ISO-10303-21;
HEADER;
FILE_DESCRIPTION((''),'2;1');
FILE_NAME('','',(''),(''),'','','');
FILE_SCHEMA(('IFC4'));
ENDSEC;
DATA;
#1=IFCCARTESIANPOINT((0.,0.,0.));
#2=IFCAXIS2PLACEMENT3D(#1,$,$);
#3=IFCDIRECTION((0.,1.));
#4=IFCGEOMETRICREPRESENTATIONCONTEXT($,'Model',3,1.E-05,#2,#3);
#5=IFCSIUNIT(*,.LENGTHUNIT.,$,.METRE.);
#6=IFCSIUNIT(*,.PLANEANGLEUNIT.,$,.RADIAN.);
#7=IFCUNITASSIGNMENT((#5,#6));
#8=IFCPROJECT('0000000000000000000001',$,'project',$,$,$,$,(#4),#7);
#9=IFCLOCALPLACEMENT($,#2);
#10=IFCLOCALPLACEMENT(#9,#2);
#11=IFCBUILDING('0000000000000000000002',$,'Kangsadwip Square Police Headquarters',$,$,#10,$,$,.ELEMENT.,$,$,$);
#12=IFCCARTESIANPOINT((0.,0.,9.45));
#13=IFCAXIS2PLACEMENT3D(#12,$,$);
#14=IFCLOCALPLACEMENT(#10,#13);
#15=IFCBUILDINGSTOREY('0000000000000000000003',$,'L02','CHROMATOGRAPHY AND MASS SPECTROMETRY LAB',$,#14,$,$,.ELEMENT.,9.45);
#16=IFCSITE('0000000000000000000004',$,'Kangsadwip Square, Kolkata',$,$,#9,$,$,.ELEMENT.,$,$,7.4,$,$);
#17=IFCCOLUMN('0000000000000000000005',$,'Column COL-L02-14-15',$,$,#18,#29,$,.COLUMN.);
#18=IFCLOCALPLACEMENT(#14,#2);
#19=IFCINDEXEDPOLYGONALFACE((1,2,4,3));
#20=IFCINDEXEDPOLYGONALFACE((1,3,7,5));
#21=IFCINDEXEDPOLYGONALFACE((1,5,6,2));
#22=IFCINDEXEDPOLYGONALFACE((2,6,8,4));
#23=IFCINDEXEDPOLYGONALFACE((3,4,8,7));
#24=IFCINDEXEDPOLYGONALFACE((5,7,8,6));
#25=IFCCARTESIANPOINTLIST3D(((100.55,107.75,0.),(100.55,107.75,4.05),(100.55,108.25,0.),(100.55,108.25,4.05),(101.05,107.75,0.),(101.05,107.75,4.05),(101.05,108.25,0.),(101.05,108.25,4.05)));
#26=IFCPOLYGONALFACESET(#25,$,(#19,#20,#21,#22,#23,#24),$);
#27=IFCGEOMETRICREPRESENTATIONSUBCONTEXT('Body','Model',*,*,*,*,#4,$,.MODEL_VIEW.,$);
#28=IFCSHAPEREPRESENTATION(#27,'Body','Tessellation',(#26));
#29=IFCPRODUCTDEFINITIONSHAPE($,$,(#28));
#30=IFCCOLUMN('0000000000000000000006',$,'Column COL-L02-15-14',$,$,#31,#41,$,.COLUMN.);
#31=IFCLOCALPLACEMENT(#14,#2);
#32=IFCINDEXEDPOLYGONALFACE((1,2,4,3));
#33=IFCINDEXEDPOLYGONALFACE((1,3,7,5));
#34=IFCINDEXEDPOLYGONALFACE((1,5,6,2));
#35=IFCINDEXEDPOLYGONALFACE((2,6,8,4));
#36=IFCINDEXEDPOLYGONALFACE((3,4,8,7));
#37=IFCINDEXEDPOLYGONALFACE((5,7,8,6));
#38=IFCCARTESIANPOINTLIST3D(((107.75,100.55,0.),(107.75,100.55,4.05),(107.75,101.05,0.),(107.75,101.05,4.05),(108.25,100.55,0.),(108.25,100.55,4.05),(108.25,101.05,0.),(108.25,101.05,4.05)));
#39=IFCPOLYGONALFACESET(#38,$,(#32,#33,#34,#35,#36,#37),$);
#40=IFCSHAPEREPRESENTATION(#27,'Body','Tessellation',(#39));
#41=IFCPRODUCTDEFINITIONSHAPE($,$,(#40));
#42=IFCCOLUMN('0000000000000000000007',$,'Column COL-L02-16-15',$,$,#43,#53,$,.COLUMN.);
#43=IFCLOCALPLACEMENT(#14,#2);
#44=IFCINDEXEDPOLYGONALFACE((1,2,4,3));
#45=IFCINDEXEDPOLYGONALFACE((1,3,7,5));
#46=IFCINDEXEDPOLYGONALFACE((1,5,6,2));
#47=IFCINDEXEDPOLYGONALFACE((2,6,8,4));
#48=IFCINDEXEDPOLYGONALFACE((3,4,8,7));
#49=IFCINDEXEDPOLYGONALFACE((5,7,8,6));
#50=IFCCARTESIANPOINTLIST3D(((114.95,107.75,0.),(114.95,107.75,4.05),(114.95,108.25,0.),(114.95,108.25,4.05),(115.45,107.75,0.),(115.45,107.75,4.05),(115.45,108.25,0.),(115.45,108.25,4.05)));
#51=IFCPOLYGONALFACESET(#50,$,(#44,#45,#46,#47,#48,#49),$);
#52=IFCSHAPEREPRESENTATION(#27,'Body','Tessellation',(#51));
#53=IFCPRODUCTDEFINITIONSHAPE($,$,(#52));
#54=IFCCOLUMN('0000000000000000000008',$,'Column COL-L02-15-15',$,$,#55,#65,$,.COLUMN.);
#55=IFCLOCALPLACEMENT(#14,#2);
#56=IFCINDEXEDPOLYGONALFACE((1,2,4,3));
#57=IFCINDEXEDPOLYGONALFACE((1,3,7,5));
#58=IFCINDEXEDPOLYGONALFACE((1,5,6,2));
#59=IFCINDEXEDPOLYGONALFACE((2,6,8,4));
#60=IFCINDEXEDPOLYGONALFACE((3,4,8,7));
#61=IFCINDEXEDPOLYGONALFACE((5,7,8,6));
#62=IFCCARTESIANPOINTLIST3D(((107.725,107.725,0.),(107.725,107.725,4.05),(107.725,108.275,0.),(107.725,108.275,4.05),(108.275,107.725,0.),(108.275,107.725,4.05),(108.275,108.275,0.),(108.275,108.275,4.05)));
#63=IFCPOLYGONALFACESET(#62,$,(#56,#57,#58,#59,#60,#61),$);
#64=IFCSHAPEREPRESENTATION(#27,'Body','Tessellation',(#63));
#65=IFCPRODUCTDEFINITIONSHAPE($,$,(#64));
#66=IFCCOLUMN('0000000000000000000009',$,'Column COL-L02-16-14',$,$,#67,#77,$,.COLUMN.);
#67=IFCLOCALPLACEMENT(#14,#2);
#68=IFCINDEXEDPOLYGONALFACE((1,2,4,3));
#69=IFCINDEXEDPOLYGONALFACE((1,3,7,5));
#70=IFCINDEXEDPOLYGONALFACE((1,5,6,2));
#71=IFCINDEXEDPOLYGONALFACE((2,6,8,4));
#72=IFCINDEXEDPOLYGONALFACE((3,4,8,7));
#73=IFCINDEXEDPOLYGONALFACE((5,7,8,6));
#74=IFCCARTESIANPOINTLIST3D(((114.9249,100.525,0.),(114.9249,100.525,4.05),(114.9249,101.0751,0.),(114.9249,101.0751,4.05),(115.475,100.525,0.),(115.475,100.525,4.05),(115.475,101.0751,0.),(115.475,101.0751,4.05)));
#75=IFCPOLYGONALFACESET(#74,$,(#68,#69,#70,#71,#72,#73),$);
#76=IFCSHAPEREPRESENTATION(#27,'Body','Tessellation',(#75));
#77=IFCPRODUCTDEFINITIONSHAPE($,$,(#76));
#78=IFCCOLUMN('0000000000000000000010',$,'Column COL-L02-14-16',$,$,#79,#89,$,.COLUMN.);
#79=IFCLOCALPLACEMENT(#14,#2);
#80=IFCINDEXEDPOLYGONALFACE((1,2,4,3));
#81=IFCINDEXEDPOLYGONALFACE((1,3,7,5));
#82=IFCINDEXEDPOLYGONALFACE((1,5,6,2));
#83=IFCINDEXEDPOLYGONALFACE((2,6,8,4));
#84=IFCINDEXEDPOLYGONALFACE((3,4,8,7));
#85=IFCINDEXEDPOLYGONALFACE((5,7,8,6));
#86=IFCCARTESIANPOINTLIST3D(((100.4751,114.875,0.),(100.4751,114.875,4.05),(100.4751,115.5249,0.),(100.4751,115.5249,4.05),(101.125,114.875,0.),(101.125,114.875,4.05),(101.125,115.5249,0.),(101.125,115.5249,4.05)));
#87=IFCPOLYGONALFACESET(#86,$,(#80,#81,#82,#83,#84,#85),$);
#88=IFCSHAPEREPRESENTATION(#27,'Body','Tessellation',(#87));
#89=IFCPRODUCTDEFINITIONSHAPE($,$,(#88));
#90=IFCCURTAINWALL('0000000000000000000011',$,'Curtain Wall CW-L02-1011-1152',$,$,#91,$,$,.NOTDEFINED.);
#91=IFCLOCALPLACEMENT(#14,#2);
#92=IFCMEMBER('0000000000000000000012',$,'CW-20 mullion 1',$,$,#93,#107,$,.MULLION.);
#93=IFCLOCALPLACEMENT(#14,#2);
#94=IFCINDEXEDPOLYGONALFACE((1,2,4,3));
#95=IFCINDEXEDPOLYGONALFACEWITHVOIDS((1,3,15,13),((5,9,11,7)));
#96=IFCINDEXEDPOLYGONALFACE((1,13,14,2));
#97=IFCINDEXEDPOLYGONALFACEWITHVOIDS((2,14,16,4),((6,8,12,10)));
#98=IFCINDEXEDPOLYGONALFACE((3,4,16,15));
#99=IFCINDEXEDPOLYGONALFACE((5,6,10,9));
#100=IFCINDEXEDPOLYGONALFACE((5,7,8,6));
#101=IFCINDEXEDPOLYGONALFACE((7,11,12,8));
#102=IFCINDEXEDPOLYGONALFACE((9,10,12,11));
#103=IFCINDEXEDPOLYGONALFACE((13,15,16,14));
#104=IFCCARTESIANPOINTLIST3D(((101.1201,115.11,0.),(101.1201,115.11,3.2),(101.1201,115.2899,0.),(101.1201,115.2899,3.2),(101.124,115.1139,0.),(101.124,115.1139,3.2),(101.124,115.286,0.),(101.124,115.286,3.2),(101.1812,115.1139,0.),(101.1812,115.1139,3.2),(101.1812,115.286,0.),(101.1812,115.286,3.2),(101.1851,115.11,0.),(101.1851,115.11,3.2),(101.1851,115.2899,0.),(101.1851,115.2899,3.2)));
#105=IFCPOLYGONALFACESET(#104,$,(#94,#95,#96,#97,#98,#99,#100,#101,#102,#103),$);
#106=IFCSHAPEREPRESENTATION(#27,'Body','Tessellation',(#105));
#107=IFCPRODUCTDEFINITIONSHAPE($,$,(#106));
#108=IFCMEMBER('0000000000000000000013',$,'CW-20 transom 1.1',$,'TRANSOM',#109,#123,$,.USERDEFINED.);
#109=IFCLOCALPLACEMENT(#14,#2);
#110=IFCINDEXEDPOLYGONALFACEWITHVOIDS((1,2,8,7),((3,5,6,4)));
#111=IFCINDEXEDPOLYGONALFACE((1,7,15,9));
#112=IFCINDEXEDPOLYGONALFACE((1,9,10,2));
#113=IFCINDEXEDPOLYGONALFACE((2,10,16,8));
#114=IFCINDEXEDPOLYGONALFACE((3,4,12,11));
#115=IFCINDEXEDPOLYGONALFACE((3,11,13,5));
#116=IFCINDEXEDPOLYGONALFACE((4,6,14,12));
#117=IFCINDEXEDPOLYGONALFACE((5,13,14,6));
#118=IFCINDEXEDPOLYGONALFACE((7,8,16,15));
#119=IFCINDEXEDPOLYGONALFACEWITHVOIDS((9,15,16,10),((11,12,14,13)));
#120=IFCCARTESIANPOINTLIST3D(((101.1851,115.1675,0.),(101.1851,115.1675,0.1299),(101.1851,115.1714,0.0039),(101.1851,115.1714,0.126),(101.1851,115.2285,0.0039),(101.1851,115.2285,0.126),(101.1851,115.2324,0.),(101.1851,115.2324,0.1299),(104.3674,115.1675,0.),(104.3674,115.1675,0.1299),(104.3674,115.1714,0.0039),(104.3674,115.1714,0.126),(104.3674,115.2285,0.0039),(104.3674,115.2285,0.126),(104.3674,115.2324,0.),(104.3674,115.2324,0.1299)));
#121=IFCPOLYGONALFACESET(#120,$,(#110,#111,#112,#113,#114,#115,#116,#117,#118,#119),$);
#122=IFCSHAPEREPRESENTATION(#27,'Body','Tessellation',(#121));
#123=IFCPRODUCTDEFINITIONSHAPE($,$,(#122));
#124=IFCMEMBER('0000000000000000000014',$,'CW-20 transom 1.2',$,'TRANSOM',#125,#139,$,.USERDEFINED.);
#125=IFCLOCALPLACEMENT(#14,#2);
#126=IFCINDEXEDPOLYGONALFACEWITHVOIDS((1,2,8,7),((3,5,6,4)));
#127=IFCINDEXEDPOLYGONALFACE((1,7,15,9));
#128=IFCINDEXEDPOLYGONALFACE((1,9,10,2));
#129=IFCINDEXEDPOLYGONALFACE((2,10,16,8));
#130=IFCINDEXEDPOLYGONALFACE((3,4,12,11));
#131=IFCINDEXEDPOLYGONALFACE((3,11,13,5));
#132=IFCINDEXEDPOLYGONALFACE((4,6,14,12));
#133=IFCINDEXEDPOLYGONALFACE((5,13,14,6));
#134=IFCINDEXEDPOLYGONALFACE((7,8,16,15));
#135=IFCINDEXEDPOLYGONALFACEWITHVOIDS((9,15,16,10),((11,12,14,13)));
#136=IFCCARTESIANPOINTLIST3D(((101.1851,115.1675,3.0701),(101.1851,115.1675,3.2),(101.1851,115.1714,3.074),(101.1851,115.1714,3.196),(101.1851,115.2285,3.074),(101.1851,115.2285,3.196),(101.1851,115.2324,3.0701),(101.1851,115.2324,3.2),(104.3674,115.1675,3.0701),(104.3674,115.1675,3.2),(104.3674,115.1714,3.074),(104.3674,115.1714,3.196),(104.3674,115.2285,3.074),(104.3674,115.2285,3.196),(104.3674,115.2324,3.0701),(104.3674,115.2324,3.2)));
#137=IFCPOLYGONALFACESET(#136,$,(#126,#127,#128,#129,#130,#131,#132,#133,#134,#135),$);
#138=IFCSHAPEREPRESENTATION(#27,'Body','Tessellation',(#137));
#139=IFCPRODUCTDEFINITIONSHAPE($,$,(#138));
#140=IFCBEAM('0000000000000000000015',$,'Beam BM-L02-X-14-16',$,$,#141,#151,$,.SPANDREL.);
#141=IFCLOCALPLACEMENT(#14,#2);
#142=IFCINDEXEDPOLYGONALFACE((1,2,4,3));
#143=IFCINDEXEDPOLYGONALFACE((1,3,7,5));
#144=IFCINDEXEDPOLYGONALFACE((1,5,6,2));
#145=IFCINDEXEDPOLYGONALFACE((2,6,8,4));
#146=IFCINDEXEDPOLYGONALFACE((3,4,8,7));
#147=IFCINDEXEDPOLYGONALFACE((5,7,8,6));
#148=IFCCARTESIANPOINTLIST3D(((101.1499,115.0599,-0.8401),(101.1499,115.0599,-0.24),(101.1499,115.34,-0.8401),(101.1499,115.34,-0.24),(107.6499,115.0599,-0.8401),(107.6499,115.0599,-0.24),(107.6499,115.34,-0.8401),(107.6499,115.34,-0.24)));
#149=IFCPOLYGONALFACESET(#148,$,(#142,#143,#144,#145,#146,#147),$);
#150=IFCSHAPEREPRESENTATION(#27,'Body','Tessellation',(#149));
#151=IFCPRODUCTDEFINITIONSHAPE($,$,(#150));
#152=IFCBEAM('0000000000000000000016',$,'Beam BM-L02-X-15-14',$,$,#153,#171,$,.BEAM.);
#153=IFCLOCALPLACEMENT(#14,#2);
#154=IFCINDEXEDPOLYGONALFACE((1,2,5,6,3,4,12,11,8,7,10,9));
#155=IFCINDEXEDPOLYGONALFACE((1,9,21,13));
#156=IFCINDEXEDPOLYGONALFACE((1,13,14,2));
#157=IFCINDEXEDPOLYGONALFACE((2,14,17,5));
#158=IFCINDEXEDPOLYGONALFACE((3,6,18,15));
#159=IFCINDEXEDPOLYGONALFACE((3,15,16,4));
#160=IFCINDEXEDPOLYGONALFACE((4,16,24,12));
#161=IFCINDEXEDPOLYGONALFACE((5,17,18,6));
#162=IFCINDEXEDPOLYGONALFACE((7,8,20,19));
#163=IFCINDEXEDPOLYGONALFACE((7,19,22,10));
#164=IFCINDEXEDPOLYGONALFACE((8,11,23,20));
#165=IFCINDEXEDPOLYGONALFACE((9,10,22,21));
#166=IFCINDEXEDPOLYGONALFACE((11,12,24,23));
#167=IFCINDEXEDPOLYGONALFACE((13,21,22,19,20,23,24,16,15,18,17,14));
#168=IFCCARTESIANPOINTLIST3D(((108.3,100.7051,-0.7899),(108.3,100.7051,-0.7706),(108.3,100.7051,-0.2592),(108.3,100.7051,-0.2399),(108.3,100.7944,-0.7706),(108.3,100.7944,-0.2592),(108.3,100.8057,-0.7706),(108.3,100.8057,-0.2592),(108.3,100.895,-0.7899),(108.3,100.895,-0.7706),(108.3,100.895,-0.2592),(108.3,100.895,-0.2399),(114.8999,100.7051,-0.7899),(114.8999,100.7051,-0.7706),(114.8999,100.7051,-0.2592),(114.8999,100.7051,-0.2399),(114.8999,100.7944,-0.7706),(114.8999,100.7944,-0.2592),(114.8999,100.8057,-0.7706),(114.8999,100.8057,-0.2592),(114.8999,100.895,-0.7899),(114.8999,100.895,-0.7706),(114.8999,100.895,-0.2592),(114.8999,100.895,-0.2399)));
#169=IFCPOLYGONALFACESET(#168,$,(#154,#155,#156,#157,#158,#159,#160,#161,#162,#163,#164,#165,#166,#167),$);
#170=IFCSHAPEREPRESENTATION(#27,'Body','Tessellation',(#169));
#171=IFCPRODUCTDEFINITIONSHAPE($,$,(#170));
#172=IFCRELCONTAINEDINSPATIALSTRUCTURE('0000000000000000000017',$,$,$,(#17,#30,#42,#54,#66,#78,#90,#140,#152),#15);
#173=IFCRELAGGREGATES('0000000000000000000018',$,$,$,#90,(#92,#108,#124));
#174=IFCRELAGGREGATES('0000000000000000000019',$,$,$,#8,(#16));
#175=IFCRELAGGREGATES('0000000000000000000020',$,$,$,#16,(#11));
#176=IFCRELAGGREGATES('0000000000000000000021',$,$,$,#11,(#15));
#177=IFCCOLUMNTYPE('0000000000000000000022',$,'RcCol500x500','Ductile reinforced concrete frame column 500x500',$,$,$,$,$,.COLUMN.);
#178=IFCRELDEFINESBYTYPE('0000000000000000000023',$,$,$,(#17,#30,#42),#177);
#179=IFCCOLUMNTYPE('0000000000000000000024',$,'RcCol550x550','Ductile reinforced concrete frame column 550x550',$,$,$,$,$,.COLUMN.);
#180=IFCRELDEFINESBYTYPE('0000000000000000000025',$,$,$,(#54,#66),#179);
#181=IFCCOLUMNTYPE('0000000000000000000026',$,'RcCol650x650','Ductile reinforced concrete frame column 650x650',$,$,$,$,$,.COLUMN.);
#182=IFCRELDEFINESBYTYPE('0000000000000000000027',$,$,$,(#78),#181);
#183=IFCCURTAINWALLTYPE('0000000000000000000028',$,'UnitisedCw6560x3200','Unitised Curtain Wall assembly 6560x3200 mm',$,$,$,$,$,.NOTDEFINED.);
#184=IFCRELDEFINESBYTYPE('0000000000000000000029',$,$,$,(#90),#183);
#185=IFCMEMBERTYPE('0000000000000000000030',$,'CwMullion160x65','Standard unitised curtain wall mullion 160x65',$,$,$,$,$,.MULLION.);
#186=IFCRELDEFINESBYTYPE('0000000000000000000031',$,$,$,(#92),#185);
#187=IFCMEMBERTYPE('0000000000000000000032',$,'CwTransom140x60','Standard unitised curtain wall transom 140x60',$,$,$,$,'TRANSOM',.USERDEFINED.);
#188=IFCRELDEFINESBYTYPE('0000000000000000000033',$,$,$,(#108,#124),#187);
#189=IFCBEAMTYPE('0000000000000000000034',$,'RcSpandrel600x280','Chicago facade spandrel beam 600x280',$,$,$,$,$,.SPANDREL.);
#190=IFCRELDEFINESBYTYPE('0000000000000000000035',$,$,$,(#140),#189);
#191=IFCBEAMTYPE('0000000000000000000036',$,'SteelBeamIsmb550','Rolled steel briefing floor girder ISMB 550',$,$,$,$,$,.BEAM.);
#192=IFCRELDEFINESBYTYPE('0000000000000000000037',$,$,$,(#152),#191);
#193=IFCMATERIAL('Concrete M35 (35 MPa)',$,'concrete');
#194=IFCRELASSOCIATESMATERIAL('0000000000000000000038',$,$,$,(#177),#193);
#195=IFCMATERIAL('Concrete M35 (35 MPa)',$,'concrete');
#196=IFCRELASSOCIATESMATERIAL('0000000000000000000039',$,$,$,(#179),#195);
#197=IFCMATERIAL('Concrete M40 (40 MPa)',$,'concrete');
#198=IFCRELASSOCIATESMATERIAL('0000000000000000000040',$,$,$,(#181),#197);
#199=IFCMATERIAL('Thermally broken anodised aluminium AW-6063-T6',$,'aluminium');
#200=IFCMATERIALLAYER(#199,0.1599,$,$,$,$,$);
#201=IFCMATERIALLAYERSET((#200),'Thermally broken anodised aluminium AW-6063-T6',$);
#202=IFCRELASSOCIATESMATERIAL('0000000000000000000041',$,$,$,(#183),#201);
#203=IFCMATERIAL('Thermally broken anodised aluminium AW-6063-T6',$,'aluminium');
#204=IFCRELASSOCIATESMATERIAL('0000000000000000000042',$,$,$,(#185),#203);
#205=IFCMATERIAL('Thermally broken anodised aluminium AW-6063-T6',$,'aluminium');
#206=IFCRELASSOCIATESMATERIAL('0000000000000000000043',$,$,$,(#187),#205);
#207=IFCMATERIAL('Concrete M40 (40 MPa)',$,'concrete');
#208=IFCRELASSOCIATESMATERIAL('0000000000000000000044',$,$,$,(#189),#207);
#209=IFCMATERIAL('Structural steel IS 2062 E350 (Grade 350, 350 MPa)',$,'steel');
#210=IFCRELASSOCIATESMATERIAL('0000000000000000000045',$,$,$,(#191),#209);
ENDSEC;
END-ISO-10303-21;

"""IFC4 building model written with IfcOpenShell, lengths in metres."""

from ifc_helpers import new_model, si_unit, direction, frame, origin, origin_2d, place, context, subcontext, project, spatial, rectangle, hollow_rectangle, i_section, extrude, material, layer, layer_set, material_profile, profile_set, type_object, element, aggregate, save


model = new_model("IFC4")

# Units and contexts
model_context = context("Model", 3, precision=1e-05, world=origin(), true_north=direction((0.0, 1.0)))
body_context = subcontext(model_context, "Body", "Model", "MODEL_VIEW")
ifc_project = project(units=[si_unit("LENGTHUNIT", "METRE"), si_unit("PLANEANGLEUNIT", "RADIAN")], contexts=[model_context])

# Site, building, storey
site_placement = place(None, origin())
site = spatial("IfcSite", under=ifc_project, at=site_placement, Name="Kangsadwip Square, Kolkata", CompositionType="ELEMENT", RefElevation=7.4)
building_placement = place(site_placement, origin())
building = spatial("IfcBuilding", under=site, at=building_placement, Name="Kangsadwip Square Police Headquarters", CompositionType="ELEMENT")
storey_placement = place(building_placement, frame((0.0, 0.0, 9.45)))
storey = spatial("IfcBuildingStorey", under=building, at=storey_placement, Name="L02", Description="CHROMATOGRAPHY AND MASS SPECTROMETRY LAB", CompositionType="ELEMENT", Elevation=9.45)

# Columns
ifc_material_1 = material(Name="Concrete M35 (35 MPa)", Category="concrete")
ifc_material_profile_1 = material_profile(ifc_material_1, rectangle(XDim=0.5, YDim=0.5, at=origin_2d()), Name="RC COL 500X500")
ifc_profile_set_1 = profile_set([ifc_material_profile_1], Name="Concrete M35 (35 MPa)")
column_type_1 = type_object("IfcColumnType", Name="RcCol500x500", Description="Ductile reinforced concrete frame column 500x500", PredefinedType="COLUMN", material=ifc_profile_set_1)
for number, where, z_axis, x_axis, name in (
    (1, (100.8, 108.0, 0.0), (0.0, 0.0, 1.0), (1.0, 0.0, 0.0), "Column COL-L02-14-15"),
    (2, (108.0, 100.8, 0.0), (0.0, 0.0, 1.0), (1.0, 0.0, 0.0), "Column COL-L02-15-14"),
    (3, (115.2, 108.0, 0.0), (0.0, 0.0, 1.0), (1.0, 0.0, 0.0), "Column COL-L02-16-15"),
):
    element("IfcColumn", number, at=place(storey_placement, frame(where, z_axis=z_axis, x_axis=x_axis)), inside=storey, type_object=column_type_1, Name=name, PredefinedType="COLUMN", context=body_context, shape_type="SweptSolid", body=[
        extrude(rectangle(XDim=0.5, YDim=0.5, at=origin_2d()), origin(), (0.0, 0.0, 1.0), 4.05),
    ])
ifc_material_2 = material(Name="Concrete M35 (35 MPa)", Category="concrete")
ifc_material_profile_2 = material_profile(ifc_material_2, rectangle(XDim=0.55, YDim=0.55, at=origin_2d()), Name="RC COL 550X550")
ifc_profile_set_2 = profile_set([ifc_material_profile_2], Name="Concrete M35 (35 MPa)")
column_type_2 = type_object("IfcColumnType", Name="RcCol550x550", Description="Ductile reinforced concrete frame column 550x550", PredefinedType="COLUMN", material=ifc_profile_set_2)
for number, where, z_axis, x_axis, name in (
    (4, (108.0, 108.0, 0.0), (0.0, 0.0, 1.0), (1.0, 0.0, 0.0), "Column COL-L02-15-15"),
    (5, (115.2, 100.8, 0.0), (0.0, 0.0, 1.0), (1.0, 0.0, 0.0), "Column COL-L02-16-14"),
):
    element("IfcColumn", number, at=place(storey_placement, frame(where, z_axis=z_axis, x_axis=x_axis)), inside=storey, type_object=column_type_2, Name=name, PredefinedType="COLUMN", context=body_context, shape_type="SweptSolid", body=[
        extrude(rectangle(XDim=0.55, YDim=0.55, at=origin_2d()), origin(), (0.0, 0.0, 1.0), 4.05),
    ])
ifc_material_3 = material(Name="Concrete M40 (40 MPa)", Category="concrete")
ifc_material_profile_3 = material_profile(ifc_material_3, rectangle(XDim=0.6499, YDim=0.6499, at=origin_2d()), Name="RC COL 650X650")
ifc_profile_set_3 = profile_set([ifc_material_profile_3], Name="Concrete M40 (40 MPa)")
column_type_3 = type_object("IfcColumnType", Name="RcCol650x650", Description="Ductile reinforced concrete frame column 650x650", PredefinedType="COLUMN", material=ifc_profile_set_3)
column_placement = place(storey_placement, frame((100.8, 115.2, 0.0), z_axis=(0.0, 0.0, 1.0), x_axis=(1.0, 0.0, 0.0)))
element("IfcColumn", 6, at=column_placement, inside=storey, type_object=column_type_3, Name="Column COL-L02-14-16", PredefinedType="COLUMN", context=body_context, shape_type="SweptSolid", body=[
    extrude(rectangle(XDim=0.6499, YDim=0.6499, at=origin_2d()), origin(), (0.0, 0.0, 1.0), 4.05),
])

# Curtain wall, members
ifc_material_4 = material(Name="Thermally broken anodised aluminium AW-6063-T6", Category="aluminium")
ifc_layer_1 = layer(ifc_material_4, 0.1599)
ifc_layer_set_1 = layer_set([ifc_layer_1], Name="Thermally broken anodised aluminium AW-6063-T6")
curtain_wall_type = type_object("IfcCurtainWallType", Name="UnitisedCw6560x3200", Description="Unitised Curtain Wall assembly 6560x3200 mm", PredefinedType="NOTDEFINED", material=ifc_layer_set_1)
curtain_wall_placement = place(storey_placement, origin())
curtain_wall = element("IfcCurtainWall", 7, at=curtain_wall_placement, inside=storey, type_object=curtain_wall_type, Name="Curtain Wall CW-L02-1011-1152", PredefinedType="NOTDEFINED")
ifc_material_5 = material(Name="Thermally broken anodised aluminium AW-6063-T6", Category="aluminium")
ifc_material_profile_4 = material_profile(ifc_material_5, hollow_rectangle(XDim=0.0649, YDim=0.1799, WallThickness=0.0039, at=origin_2d()), Name="CWM 180X65X4")
ifc_profile_set_4 = profile_set([ifc_material_profile_4], Name="Thermally broken anodised aluminium AW-6063-T6")
member_type_1 = type_object("IfcMemberType", Name="CwMullion160x65", Description="Standard unitised curtain wall mullion 160x65", PredefinedType="MULLION", material=ifc_profile_set_4)
member_1_placement = place(storey_placement, frame((101.1526, 115.2, 0.0), z_axis=(0.0, 0.0, 1.0), x_axis=(1.0, 0.0, 0.0)))
member_1 = element("IfcMember", 8, at=member_1_placement, type_object=member_type_1, Name="CW-20 mullion 1", PredefinedType="MULLION", context=body_context, shape_type="SweptSolid", body=[
    extrude(hollow_rectangle(XDim=0.0649, YDim=0.1799, WallThickness=0.0039, at=origin_2d()), origin(), (0.0, 0.0, 1.0), 3.2),
])
ifc_material_6 = material(Name="Thermally broken anodised aluminium AW-6063-T6", Category="aluminium")
ifc_material_profile_5 = material_profile(ifc_material_6, hollow_rectangle(XDim=0.0649, YDim=0.1299, WallThickness=0.0039, at=origin_2d()), Name="CWT 130X65X4")
ifc_profile_set_5 = profile_set([ifc_material_profile_5], Name="Thermally broken anodised aluminium AW-6063-T6")
member_type_2 = type_object("IfcMemberType", Name="CwTransom140x60", Description="Standard unitised curtain wall transom 140x60", ElementType="TRANSOM", PredefinedType="USERDEFINED", material=ifc_profile_set_5)
member_2_placement = place(storey_placement, frame((101.1851, 115.2, 0.0649), z_axis=(1.0, 0.0, 0.0), x_axis=(0.0, 1.0, 0.0)))
member_2 = element("IfcMember", 9, at=member_2_placement, type_object=member_type_2, Name="CW-20 transom 1.1", ObjectType="TRANSOM", PredefinedType="USERDEFINED", context=body_context, shape_type="SweptSolid", body=[
    extrude(hollow_rectangle(XDim=0.0649, YDim=0.1299, WallThickness=0.0039, at=origin_2d()), origin(), (0.0, 0.0, 1.0), 3.1824),
])
member_3_placement = place(storey_placement, frame((101.1851, 115.2, 3.135), z_axis=(1.0, 0.0, 0.0), x_axis=(0.0, 1.0, 0.0)))
member_3 = element("IfcMember", 10, at=member_3_placement, type_object=member_type_2, Name="CW-20 transom 1.2", ObjectType="TRANSOM", PredefinedType="USERDEFINED", context=body_context, shape_type="SweptSolid", body=[
    extrude(hollow_rectangle(XDim=0.0649, YDim=0.1299, WallThickness=0.0039, at=origin_2d()), origin(), (0.0, 0.0, 1.0), 3.1824),
])

# Beams
ifc_material_7 = material(Name="Concrete M40 (40 MPa)", Category="concrete")
ifc_material_profile_6 = material_profile(ifc_material_7, rectangle(XDim=0.28, YDim=0.6001, at=origin_2d()), Name="RC SPN 600X280")
ifc_profile_set_6 = profile_set([ifc_material_profile_6], Name="Concrete M40 (40 MPa)")
beam_type_1 = type_object("IfcBeamType", Name="RcSpandrel600x280", Description="Chicago facade spandrel beam 600x280", PredefinedType="SPANDREL", material=ifc_profile_set_6)
beam_1_placement = place(storey_placement, frame((101.1499, 115.2, -0.54), z_axis=(1.0, 0.0, 0.0), x_axis=(0.0, 1.0, 0.0)))
element("IfcBeam", 11, at=beam_1_placement, inside=storey, type_object=beam_type_1, Name="Beam BM-L02-X-14-16", PredefinedType="SPANDREL", context=body_context, shape_type="SweptSolid", body=[
    extrude(rectangle(XDim=0.28, YDim=0.6001, at=origin_2d()), origin(), (0.0, 0.0, 1.0), 6.5),
])
ifc_material_8 = material(Name="Structural steel IS 2062 E350 (Grade 350, 350 MPa)", Category="steel")
ifc_material_profile_7 = material_profile(ifc_material_8, i_section(OverallWidth=0.1899, OverallDepth=0.55, WebThickness=0.0112, FlangeThickness=0.0193, at=origin_2d()), Name="ISMB 550")
ifc_profile_set_7 = profile_set([ifc_material_profile_7], Name="Structural steel IS 2062 E350 (Grade 350, 350 MPa)")
beam_type_2 = type_object("IfcBeamType", Name="SteelBeamIsmb550", Description="Rolled steel briefing floor girder ISMB 550", PredefinedType="BEAM", material=ifc_profile_set_7)
beam_2_placement = place(storey_placement, frame((108.3, 100.8, -0.5149), z_axis=(1.0, 0.0, 0.0), x_axis=(0.0, 1.0, 0.0)))
element("IfcBeam", 12, at=beam_2_placement, inside=storey, type_object=beam_type_2, Name="Beam BM-L02-X-15-14", PredefinedType="BEAM", context=body_context, shape_type="SweptSolid", body=[
    extrude(i_section(OverallWidth=0.1899, OverallDepth=0.55, WebThickness=0.0112, FlangeThickness=0.0193, at=origin_2d()), origin(), (0.0, 0.0, 1.0), 6.5999),
])

aggregate(curtain_wall, [member_1, member_2, member_3])

save(model, "model.ifc")
